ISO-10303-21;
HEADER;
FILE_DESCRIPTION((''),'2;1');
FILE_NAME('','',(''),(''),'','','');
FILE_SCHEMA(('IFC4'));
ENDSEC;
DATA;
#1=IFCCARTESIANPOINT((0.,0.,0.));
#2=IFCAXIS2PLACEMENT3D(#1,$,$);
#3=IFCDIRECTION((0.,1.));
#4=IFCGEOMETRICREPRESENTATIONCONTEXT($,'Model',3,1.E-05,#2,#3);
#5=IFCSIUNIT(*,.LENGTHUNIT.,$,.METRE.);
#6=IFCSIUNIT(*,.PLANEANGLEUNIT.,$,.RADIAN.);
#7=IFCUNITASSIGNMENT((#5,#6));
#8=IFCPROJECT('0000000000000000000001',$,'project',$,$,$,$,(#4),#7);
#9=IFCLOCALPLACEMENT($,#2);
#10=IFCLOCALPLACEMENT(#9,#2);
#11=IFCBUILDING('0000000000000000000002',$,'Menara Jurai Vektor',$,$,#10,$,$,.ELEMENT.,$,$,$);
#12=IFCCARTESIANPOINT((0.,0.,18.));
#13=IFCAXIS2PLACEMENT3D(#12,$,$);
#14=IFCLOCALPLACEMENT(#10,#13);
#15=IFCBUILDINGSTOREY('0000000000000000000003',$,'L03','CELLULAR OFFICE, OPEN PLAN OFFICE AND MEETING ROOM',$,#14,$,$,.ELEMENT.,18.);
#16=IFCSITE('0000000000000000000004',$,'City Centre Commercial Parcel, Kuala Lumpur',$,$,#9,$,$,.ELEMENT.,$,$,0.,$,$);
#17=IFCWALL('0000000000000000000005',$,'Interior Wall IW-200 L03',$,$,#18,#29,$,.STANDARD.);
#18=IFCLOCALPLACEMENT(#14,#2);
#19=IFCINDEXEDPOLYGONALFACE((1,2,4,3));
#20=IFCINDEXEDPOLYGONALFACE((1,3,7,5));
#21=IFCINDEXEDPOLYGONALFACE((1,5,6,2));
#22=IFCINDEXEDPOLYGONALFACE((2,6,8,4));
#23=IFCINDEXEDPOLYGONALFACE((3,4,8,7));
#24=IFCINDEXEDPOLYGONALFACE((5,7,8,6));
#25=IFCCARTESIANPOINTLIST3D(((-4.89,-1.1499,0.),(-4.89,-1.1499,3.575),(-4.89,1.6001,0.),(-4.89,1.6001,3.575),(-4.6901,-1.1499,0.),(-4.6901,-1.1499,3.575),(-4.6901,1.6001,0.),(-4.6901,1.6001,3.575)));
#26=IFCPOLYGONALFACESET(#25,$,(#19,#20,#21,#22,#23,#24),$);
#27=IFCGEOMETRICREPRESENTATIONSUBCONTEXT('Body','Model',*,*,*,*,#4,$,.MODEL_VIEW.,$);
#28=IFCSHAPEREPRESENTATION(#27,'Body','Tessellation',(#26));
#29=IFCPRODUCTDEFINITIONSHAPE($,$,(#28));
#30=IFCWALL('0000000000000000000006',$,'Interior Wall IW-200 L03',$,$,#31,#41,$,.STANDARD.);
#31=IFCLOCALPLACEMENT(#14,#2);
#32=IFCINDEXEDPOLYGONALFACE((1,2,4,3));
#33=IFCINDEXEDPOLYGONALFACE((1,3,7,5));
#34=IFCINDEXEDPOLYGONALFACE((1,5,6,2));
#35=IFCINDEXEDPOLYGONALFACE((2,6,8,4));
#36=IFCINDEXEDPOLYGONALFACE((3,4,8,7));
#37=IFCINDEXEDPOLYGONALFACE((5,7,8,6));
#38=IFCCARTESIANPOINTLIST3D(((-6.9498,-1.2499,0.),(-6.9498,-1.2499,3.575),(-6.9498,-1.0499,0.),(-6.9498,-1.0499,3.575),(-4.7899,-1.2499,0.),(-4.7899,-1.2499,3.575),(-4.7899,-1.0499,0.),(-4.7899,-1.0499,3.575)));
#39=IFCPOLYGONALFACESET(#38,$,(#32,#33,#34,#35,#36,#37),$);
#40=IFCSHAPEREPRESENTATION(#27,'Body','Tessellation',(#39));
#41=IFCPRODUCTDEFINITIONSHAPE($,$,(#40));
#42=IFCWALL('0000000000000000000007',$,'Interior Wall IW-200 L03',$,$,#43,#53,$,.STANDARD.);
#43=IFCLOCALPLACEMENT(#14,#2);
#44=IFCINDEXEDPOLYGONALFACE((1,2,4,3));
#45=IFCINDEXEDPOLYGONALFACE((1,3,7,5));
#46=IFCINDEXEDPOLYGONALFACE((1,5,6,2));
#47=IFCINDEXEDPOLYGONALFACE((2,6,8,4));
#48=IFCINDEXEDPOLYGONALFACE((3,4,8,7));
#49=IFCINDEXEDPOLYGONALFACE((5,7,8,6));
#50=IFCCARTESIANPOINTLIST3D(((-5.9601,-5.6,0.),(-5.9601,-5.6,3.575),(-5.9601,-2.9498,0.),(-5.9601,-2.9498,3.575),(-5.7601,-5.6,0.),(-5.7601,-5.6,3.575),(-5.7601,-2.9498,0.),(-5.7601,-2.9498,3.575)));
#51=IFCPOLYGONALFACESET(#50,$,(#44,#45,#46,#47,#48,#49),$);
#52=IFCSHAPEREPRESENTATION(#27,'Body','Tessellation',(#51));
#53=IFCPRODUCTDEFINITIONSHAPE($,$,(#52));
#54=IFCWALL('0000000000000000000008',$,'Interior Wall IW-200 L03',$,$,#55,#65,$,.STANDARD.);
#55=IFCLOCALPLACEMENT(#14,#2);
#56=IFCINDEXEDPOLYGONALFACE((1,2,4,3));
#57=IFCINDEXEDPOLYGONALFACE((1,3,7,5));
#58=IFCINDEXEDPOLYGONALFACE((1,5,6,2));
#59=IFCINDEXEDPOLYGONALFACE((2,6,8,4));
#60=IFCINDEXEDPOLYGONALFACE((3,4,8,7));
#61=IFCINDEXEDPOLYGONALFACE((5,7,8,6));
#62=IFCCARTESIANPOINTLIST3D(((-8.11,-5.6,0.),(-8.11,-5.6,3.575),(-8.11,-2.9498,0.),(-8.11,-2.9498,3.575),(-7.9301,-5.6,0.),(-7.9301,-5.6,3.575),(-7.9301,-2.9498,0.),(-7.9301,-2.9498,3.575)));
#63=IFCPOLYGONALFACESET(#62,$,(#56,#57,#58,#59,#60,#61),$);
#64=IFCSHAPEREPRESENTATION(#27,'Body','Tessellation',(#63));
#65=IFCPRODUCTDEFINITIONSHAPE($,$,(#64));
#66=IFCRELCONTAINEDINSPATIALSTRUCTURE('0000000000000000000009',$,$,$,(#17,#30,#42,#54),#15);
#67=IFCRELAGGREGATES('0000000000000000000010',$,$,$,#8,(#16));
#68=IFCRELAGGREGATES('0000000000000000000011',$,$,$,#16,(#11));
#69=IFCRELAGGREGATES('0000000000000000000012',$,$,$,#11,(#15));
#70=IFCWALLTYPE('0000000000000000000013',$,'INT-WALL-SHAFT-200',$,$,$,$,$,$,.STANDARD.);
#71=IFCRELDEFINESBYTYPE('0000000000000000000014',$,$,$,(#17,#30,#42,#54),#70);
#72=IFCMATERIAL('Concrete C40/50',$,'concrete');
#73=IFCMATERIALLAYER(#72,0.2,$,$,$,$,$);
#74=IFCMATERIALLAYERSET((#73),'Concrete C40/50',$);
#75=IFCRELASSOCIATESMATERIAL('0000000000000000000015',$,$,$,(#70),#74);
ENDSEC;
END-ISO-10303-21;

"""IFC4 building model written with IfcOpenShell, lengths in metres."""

from ifc_helpers import new_model, si_unit, direction, frame, frame_2d, origin, place, context, subcontext, project, spatial, rectangle, extrude, material, layer, layer_set, type_object, element, save


model = new_model("IFC4")

# Units and contexts
model_context = context("Model", 3, precision=1e-05, world=origin(), true_north=direction((0.0, 1.0)))
body_context = subcontext(model_context, "Body", "Model", "MODEL_VIEW")
ifc_project = project(units=[si_unit("LENGTHUNIT", "METRE"), si_unit("PLANEANGLEUNIT", "RADIAN")], contexts=[model_context])

# Site, building, storey
site_placement = place(None, origin())
site = spatial("IfcSite", under=ifc_project, at=site_placement, Name="City Centre Commercial Parcel, Kuala Lumpur", CompositionType="ELEMENT", RefElevation=0.0)
building_placement = place(site_placement, origin())
building = spatial("IfcBuilding", under=site, at=building_placement, Name="Menara Jurai Vektor", CompositionType="ELEMENT")
storey_placement = place(building_placement, frame((0.0, 0.0, 18.0)))
storey = spatial("IfcBuildingStorey", under=building, at=storey_placement, Name="L03", Description="CELLULAR OFFICE, OPEN PLAN OFFICE AND MEETING ROOM", CompositionType="ELEMENT", Elevation=18.0)

# Shared definitions
ifc_material_1 = material(Name="Concrete C40/50", Category="concrete")
ifc_layer_1 = layer(ifc_material_1, 0.2)
ifc_layer_set_1 = layer_set([ifc_layer_1], Name="Concrete C40/50")
wall_type_1 = type_object("IfcWallType", Name="INT-WALL-SHAFT-200", PredefinedType="STANDARD", material=ifc_layer_set_1)

# Walls
for number, where, z_axis, x_axis, name in (
    (1, (-4.79, -1.1499, 0.0), (0.0, 0.0, 1.0), (0.0, 1.0, 0.0), "Interior Wall IW-200 L03"),
):
    element("IfcWall", number, at=place(storey_placement, frame(where, z_axis=z_axis, x_axis=x_axis)), inside=storey, type_object=wall_type_1, Name=name, PredefinedType="STANDARD", context=body_context, shape_type="SweptSolid", body=[
        extrude(rectangle(XDim=2.75, YDim=0.2, at=frame_2d((1.375, 0.0))), origin(), (0.0, 0.0, 1.0), 3.575),
    ])
wall_1_placement = place(storey_placement, frame((-6.95, -1.1499, 0.0), z_axis=(0.0, 0.0, 1.0), x_axis=(1.0, 0.0, 0.0)))
element("IfcWall", 2, at=wall_1_placement, inside=storey, type_object=wall_type_1, Name="Interior Wall IW-200 L03", PredefinedType="STANDARD", context=body_context, shape_type="SweptSolid", body=[
    extrude(rectangle(XDim=2.1599, YDim=0.2, at=frame_2d((1.0801, 0.0))), origin(), (0.0, 0.0, 1.0), 3.575),
])
wall_2_placement = place(storey_placement, frame((-5.8601, -5.6001, 0.0), z_axis=(0.0, 0.0, 1.0), x_axis=(0.0, 1.0, 0.0)))
element("IfcWall", 3, at=wall_2_placement, inside=storey, type_object=wall_type_1, Name="Interior Wall IW-200 L03", PredefinedType="STANDARD", context=body_context, shape_type="SweptSolid", body=[
    extrude(rectangle(XDim=2.6501, YDim=0.2, at=frame_2d((1.3252, 0.0))), origin(), (0.0, 0.0, 1.0), 3.575),
])
wall_3_placement = place(storey_placement, frame((-8.02, -5.6001, 0.0), z_axis=(0.0, 0.0, 1.0), x_axis=(0.0, 1.0, 0.0)))
element("IfcWall", 4, at=wall_3_placement, inside=storey, type_object=wall_type_1, Name="Interior Wall IW-200 L03", PredefinedType="STANDARD", context=body_context, shape_type="SweptSolid", body=[
    extrude(rectangle(XDim=2.6501, YDim=0.1799, at=frame_2d((1.3252, 0.0))), origin(), (0.0, 0.0, 1.0), 3.575),
])

save(model, "model.ifc")
